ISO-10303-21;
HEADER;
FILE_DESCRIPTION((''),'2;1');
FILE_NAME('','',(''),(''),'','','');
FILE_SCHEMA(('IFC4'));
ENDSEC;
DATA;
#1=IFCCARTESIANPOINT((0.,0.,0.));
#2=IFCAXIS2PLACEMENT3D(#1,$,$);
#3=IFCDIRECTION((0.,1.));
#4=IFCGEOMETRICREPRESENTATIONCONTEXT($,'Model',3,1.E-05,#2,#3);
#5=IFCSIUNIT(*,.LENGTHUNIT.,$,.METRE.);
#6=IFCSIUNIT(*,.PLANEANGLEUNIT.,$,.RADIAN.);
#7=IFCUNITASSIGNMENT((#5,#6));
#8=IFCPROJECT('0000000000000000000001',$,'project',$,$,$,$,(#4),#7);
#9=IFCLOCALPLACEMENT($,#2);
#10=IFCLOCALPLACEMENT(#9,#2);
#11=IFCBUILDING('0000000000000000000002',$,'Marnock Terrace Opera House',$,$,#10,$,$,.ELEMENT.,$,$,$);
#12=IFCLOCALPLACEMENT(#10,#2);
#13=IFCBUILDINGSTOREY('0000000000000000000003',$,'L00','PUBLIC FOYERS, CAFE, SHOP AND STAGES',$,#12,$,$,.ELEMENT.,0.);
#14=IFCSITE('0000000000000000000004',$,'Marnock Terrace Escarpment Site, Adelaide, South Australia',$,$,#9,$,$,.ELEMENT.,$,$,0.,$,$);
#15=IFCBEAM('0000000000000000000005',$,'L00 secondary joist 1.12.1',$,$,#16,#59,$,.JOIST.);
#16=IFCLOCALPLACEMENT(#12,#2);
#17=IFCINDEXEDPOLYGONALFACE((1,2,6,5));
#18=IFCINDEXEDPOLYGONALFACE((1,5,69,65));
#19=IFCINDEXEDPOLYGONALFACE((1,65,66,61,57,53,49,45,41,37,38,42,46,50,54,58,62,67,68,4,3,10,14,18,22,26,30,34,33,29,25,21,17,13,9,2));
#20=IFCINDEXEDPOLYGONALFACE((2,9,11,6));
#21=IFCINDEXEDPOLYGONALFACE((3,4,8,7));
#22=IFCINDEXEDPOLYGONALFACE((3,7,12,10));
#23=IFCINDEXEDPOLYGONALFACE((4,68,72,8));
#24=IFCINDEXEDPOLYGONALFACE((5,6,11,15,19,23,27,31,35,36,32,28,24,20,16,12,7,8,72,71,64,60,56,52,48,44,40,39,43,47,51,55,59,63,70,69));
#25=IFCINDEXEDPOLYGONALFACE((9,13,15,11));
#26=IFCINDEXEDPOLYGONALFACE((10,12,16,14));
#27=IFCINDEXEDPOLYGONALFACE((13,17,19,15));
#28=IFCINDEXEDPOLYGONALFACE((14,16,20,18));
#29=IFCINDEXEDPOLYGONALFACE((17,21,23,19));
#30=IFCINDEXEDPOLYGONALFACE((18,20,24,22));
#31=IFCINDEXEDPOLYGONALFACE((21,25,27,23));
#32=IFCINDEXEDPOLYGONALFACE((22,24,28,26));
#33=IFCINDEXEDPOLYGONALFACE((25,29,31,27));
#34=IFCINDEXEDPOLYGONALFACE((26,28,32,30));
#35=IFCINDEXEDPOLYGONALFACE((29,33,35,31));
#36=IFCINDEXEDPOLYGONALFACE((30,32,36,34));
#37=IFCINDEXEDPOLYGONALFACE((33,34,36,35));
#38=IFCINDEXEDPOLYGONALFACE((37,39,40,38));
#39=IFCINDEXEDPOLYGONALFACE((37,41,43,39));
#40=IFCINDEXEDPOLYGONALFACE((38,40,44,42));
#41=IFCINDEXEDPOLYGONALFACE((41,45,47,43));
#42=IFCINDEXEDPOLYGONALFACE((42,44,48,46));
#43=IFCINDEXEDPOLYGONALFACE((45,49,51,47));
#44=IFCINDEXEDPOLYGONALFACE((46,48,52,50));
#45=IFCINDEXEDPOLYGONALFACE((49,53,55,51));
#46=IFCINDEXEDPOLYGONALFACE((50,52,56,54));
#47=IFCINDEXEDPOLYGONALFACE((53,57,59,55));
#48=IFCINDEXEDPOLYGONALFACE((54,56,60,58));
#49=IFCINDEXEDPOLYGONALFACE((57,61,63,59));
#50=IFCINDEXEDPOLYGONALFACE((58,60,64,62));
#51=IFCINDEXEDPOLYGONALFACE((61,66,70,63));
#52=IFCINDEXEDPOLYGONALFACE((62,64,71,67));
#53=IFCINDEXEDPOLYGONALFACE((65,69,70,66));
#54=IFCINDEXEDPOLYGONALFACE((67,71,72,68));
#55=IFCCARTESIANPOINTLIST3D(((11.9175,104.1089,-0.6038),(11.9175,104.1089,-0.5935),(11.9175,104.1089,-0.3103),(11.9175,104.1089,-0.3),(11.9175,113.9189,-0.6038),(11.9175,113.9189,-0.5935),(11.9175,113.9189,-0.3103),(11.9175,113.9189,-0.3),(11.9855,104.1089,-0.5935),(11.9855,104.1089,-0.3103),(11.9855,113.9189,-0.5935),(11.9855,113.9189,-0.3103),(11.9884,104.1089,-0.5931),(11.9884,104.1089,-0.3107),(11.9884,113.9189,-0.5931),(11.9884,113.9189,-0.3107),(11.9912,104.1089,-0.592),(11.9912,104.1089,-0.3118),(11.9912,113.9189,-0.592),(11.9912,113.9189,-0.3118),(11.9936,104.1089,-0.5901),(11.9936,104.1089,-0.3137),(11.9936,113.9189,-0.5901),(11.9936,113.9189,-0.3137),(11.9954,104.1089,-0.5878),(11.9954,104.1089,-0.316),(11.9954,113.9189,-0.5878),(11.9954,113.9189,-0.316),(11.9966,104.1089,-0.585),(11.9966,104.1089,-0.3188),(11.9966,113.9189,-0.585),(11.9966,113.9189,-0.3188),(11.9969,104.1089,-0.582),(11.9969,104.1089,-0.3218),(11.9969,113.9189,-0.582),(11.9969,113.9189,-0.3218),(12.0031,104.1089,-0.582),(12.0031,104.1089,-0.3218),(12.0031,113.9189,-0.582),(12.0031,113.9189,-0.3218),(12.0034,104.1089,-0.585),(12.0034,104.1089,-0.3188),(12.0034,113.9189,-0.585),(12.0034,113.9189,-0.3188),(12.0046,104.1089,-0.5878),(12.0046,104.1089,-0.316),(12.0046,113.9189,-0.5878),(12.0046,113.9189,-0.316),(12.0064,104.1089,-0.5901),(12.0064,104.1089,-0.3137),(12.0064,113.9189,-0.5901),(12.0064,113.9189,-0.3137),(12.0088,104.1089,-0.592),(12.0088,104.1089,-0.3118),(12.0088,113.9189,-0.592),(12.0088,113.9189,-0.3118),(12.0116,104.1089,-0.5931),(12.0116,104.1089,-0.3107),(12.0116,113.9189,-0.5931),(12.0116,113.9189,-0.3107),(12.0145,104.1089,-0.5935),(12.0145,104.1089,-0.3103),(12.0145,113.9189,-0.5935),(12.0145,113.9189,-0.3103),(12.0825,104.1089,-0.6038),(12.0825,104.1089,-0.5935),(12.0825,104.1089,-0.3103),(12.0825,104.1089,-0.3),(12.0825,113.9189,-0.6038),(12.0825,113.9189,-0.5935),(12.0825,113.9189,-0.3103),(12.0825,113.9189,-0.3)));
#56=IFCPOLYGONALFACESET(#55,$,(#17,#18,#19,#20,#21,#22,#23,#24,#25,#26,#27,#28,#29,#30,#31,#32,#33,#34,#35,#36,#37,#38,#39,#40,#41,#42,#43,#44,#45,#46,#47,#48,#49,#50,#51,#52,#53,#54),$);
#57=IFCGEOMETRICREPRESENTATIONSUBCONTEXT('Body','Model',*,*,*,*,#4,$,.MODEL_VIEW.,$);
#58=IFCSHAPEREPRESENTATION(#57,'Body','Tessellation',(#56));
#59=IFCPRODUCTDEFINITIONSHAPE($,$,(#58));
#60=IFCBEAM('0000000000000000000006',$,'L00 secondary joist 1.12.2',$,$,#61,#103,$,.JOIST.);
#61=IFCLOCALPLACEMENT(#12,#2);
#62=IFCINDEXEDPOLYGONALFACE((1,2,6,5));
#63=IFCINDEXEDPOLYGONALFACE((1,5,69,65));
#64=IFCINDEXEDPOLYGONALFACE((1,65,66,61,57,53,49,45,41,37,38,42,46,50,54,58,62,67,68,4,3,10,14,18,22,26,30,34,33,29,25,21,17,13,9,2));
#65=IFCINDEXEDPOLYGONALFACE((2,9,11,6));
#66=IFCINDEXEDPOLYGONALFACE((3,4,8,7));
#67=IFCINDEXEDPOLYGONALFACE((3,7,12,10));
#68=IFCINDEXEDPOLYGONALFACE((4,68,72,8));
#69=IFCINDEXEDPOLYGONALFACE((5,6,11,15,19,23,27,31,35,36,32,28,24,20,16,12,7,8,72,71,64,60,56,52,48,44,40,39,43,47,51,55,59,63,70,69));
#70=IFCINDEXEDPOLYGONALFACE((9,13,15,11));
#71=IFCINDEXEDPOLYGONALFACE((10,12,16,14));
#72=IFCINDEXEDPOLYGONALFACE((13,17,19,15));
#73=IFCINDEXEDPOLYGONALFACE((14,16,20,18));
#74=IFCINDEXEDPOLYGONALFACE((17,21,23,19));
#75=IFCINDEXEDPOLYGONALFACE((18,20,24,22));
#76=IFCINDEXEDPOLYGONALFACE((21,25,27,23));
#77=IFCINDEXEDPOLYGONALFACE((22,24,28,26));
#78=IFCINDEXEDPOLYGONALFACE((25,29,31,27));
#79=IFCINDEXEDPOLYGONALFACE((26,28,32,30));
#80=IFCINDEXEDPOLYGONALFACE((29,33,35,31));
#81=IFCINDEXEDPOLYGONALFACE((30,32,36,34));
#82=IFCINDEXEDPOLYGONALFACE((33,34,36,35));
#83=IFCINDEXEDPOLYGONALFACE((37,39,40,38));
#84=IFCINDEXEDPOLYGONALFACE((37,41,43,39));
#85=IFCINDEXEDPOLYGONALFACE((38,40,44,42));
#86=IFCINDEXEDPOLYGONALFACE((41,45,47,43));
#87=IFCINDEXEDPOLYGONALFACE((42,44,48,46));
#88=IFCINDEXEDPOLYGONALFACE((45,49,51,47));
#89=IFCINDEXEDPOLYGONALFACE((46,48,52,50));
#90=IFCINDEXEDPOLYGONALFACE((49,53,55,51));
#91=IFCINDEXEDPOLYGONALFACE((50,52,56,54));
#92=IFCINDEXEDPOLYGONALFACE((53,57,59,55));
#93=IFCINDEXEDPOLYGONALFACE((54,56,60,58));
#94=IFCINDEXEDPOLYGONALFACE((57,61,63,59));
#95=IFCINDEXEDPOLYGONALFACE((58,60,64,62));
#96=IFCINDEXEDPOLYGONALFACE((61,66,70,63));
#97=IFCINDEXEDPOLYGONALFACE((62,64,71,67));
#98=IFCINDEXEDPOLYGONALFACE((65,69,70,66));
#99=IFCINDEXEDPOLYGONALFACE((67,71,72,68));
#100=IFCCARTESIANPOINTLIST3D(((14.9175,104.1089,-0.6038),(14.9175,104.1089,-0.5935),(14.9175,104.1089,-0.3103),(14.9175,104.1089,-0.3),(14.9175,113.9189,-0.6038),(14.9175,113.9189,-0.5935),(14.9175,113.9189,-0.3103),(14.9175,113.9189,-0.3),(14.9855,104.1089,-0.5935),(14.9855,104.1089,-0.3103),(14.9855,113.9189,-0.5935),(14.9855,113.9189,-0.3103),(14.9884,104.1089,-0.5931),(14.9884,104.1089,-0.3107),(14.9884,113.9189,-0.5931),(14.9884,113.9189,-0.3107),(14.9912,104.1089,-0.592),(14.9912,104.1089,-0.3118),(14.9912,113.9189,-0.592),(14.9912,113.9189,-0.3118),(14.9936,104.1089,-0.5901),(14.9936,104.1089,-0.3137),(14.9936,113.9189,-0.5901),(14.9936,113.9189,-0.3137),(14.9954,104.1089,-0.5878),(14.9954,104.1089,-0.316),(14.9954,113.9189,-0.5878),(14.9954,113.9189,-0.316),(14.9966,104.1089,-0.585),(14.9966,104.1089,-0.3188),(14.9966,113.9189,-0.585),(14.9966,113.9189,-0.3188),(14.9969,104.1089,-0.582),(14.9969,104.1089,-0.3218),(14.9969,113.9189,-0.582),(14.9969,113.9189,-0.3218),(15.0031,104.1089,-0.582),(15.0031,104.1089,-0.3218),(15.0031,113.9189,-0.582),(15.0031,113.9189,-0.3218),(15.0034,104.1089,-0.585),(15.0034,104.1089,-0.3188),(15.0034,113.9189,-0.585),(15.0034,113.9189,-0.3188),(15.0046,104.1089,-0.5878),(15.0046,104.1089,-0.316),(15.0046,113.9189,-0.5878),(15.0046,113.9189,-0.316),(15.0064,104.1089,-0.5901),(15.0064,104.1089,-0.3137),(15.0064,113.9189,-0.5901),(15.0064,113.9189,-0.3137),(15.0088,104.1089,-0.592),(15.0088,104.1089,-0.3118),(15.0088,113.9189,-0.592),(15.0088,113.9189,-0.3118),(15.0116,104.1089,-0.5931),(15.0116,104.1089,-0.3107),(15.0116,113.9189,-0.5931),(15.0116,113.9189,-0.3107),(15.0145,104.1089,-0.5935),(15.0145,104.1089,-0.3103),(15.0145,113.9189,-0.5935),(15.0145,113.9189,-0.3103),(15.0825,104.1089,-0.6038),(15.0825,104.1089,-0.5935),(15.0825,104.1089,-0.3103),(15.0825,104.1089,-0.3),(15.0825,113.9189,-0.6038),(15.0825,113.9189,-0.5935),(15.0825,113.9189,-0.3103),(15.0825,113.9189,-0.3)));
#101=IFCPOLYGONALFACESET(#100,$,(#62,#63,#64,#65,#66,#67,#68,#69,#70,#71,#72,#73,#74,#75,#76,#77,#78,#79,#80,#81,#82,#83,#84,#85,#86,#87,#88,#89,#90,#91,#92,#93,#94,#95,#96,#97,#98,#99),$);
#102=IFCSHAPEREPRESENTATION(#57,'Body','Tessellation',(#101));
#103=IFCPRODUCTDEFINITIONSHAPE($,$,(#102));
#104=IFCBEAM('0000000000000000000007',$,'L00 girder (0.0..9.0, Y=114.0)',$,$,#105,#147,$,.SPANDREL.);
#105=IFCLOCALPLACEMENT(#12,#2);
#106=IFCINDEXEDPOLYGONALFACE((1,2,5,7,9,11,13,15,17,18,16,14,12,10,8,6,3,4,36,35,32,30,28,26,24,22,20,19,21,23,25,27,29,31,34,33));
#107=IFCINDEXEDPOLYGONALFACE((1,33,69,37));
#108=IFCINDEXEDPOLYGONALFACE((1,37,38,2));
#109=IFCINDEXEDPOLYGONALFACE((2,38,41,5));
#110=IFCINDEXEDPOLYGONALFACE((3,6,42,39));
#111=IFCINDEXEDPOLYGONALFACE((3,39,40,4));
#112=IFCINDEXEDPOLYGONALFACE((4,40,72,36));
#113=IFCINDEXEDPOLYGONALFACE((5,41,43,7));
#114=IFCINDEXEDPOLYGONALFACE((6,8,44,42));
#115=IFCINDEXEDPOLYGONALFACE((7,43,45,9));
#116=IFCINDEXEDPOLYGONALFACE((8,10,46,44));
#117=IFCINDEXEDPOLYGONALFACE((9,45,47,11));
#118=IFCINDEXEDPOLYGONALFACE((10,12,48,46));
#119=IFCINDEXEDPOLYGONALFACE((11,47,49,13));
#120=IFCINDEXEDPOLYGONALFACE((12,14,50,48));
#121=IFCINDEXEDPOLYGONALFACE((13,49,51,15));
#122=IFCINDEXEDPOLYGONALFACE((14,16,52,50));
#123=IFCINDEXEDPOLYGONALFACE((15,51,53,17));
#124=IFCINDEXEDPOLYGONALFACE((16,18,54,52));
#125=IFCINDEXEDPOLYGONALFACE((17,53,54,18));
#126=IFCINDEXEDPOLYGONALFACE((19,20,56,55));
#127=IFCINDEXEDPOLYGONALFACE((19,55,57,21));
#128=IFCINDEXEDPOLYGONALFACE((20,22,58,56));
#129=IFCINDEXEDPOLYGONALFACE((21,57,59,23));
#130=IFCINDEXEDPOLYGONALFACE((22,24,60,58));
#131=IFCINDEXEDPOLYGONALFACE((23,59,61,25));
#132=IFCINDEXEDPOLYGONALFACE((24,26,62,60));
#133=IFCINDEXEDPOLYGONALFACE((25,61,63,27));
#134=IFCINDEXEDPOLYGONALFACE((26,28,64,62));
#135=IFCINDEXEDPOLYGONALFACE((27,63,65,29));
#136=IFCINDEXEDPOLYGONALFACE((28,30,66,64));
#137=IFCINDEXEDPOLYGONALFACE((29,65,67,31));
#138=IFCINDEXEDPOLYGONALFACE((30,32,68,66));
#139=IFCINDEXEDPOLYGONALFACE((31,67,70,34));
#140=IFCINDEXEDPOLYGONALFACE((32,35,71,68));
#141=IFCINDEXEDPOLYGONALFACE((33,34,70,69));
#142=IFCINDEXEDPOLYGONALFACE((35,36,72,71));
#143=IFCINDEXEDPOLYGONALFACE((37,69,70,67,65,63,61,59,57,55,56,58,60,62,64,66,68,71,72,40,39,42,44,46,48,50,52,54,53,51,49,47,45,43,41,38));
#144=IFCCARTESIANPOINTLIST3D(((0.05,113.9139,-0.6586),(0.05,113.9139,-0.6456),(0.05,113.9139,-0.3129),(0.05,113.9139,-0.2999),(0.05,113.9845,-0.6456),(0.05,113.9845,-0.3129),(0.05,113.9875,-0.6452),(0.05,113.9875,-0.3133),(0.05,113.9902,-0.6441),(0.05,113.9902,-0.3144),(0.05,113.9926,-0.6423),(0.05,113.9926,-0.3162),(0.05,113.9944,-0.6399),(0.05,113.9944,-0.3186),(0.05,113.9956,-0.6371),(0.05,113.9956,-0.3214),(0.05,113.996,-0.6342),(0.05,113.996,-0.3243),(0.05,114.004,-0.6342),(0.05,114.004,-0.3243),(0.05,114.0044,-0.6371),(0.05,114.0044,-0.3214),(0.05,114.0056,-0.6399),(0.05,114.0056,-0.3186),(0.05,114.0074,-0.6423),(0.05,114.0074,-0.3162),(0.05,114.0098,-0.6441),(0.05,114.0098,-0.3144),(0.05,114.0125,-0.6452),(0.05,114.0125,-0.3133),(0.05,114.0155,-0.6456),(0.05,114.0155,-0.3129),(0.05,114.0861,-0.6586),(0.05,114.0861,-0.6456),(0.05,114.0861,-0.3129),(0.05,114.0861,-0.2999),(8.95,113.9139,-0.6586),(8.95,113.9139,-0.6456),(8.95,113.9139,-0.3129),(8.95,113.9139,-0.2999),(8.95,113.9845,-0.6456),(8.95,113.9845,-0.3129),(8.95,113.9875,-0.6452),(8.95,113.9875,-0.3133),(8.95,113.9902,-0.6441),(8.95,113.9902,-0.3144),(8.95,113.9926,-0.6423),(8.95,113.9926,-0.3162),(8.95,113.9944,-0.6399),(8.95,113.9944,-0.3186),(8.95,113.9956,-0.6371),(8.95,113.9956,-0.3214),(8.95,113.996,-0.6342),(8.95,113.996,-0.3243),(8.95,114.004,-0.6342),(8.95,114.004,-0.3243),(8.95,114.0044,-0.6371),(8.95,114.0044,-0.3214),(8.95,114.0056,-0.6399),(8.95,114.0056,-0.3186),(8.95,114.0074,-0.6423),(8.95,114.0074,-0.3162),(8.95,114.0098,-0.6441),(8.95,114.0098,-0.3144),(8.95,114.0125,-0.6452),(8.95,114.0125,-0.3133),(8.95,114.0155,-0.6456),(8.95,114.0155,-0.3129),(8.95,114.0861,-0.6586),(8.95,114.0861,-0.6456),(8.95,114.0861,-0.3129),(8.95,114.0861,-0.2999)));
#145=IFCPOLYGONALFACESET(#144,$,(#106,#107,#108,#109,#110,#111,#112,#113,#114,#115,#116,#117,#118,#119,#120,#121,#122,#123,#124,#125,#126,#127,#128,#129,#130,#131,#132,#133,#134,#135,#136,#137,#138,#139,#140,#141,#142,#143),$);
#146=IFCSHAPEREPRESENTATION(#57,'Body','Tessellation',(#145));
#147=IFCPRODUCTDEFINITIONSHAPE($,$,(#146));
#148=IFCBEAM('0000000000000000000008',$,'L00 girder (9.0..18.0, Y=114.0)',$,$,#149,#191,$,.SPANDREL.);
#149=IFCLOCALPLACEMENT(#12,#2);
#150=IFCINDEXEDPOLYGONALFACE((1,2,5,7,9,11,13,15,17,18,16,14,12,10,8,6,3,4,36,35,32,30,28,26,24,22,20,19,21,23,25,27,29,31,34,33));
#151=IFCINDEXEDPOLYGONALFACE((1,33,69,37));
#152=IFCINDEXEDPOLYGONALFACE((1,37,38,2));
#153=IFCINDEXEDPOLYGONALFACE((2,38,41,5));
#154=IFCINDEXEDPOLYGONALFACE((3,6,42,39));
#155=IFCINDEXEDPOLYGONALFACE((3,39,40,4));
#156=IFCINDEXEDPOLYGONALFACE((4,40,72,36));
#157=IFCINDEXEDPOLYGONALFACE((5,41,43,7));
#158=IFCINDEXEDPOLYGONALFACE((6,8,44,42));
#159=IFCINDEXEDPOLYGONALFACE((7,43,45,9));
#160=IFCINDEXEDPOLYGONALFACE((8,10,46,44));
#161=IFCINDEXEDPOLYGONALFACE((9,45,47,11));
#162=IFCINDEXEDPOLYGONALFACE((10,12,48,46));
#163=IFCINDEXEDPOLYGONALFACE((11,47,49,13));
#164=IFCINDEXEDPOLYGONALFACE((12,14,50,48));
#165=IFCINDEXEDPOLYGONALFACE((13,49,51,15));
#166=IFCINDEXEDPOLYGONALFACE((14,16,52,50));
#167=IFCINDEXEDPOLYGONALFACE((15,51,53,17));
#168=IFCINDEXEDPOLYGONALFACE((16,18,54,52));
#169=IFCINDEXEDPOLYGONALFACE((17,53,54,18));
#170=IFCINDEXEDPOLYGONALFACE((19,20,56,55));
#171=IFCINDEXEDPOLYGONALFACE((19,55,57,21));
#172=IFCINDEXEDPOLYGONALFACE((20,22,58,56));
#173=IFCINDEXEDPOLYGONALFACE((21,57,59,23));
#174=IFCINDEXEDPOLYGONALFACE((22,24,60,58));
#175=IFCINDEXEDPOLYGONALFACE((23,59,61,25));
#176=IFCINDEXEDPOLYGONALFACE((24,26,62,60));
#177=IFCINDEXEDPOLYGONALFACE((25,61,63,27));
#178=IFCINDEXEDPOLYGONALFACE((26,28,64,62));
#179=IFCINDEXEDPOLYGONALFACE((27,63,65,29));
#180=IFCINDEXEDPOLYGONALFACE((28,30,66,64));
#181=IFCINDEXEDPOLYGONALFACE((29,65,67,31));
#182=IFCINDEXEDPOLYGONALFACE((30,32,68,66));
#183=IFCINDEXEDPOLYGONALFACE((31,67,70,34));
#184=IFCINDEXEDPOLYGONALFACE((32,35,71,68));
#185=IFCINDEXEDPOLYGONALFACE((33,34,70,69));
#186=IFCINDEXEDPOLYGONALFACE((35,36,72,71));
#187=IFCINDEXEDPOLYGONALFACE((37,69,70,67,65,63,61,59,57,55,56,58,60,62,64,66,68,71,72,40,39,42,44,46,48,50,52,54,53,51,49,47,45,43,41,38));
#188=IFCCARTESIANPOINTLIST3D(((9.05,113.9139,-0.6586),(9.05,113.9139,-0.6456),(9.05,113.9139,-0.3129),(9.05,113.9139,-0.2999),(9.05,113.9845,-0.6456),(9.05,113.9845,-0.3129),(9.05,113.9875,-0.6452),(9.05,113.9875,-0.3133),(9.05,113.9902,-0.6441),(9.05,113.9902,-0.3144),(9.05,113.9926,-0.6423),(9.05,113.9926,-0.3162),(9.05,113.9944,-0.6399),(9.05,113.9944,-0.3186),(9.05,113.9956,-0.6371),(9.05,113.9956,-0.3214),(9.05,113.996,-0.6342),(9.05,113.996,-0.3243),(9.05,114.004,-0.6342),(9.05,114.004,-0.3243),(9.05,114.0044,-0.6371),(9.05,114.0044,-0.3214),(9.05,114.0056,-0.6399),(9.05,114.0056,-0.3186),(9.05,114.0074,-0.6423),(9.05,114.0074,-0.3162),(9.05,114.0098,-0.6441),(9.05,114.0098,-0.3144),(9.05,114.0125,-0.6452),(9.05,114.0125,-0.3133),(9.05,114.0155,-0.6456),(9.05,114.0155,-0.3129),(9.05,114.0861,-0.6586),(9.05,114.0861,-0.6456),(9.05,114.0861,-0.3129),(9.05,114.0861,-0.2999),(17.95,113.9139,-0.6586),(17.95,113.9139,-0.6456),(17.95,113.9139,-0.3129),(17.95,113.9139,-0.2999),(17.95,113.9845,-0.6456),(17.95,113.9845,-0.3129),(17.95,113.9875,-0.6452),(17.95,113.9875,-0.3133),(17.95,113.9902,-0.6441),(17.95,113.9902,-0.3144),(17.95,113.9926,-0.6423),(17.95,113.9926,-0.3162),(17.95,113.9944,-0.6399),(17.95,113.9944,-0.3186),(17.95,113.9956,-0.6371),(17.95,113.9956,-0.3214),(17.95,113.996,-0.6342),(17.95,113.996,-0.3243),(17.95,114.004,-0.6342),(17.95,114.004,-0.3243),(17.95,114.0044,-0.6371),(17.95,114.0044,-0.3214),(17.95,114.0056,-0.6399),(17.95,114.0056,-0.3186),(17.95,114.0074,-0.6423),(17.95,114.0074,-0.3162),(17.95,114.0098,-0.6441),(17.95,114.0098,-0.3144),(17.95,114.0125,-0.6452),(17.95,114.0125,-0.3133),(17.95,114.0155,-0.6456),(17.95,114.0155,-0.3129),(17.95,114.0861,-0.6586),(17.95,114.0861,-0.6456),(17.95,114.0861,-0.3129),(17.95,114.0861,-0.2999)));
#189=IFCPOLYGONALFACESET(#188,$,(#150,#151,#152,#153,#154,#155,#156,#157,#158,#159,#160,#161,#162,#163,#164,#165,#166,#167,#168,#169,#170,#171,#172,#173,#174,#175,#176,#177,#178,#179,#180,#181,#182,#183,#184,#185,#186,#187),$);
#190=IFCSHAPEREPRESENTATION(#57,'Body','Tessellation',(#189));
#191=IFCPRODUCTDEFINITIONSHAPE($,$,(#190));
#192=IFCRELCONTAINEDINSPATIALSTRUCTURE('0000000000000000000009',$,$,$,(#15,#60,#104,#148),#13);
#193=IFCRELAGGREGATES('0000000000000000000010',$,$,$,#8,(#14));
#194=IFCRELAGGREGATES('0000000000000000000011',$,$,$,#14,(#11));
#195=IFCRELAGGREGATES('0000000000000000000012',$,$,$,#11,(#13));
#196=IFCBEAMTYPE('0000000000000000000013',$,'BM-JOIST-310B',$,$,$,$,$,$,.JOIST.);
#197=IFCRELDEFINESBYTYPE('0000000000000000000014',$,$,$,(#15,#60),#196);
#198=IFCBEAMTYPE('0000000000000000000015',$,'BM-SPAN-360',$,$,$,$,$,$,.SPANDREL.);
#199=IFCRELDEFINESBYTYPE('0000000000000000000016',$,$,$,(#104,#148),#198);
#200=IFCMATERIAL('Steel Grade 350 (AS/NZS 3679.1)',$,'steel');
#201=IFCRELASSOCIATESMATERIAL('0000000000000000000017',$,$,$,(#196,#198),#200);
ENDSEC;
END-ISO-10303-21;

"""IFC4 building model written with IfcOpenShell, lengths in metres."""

from ifc_helpers import new_model, si_unit, direction, frame, origin, origin_2d, place, context, subcontext, project, spatial, i_section, extrude, material, material_profile, profile_set, type_object, element, save


model = new_model("IFC4")

# Units and contexts
model_context = context("Model", 3, precision=1e-05, world=origin(), true_north=direction((0.0, 1.0)))
body_context = subcontext(model_context, "Body", "Model", "MODEL_VIEW")
ifc_project = project(units=[si_unit("LENGTHUNIT", "METRE"), si_unit("PLANEANGLEUNIT", "RADIAN")], contexts=[model_context])

# Site, building, storey
site_placement = place(None, origin())
site = spatial("IfcSite", under=ifc_project, at=site_placement, Name="Marnock Terrace Escarpment Site, Adelaide, South Australia", CompositionType="ELEMENT", RefElevation=0.0)
building_placement = place(site_placement, origin())
building = spatial("IfcBuilding", under=site, at=building_placement, Name="Marnock Terrace Opera House", CompositionType="ELEMENT")
storey_placement = place(building_placement, origin())
storey = spatial("IfcBuildingStorey", under=building, at=storey_placement, Name="L00", Description="PUBLIC FOYERS, CAFE, SHOP AND STAGES", CompositionType="ELEMENT", Elevation=0.0)

# Beams
ifc_material_1 = material(Name="Steel Grade 350 (AS/NZS 3679.1)", Category="steel")
ifc_material_profile_1 = material_profile(ifc_material_1, i_section(OverallWidth=0.165, OverallDepth=0.3037, WebThickness=0.0061, FlangeThickness=0.0103, FilletRadius=0.0115, at=origin_2d()))
ifc_profile_set_1 = profile_set([ifc_material_profile_1], Name="Steel Grade 350 (AS/NZS 3679.1)")
beam_type_1 = type_object("IfcBeamType", Name="BM-JOIST-310B", PredefinedType="JOIST", material=ifc_profile_set_1)
for number, where, z_axis, x_axis, name in (
    (1, (12.0, 104.1089, -0.4519), (0.0, 1.0, 0.0), (-1.0, 0.0, 0.0), "L00 secondary joist 1.12.1"),
    (2, (15.0, 104.1089, -0.4519), (0.0, 1.0, 0.0), (-1.0, 0.0, 0.0), "L00 secondary joist 1.12.2"),
):
    element("IfcBeam", number, at=place(storey_placement, frame(where, z_axis=z_axis, x_axis=x_axis)), inside=storey, type_object=beam_type_1, Name=name, PredefinedType="JOIST", context=body_context, shape_type="SweptSolid", body=[
        extrude(i_section(OverallWidth=0.165, OverallDepth=0.3037, WebThickness=0.0061, FlangeThickness=0.0103, FilletRadius=0.0115, at=origin_2d()), origin(), (0.0, 0.0, 1.0), 9.8101),
    ])
ifc_material_profile_2 = material_profile(ifc_material_1, i_section(OverallWidth=0.1721, OverallDepth=0.3586, WebThickness=0.0081, FlangeThickness=0.0129, FilletRadius=0.0115, at=origin_2d()))
ifc_profile_set_2 = profile_set([ifc_material_profile_2], Name="Steel Grade 350 (AS/NZS 3679.1)")
beam_type_2 = type_object("IfcBeamType", Name="BM-SPAN-360", PredefinedType="SPANDREL", material=ifc_profile_set_2)
for number, where, z_axis, x_axis, name in (
    (3, (0.05, 114.0, -0.4792), (1.0, 0.0, 0.0), (0.0, 1.0, 0.0), "L00 girder (0.0..9.0, Y=114.0)"),
    (4, (9.05, 114.0, -0.4792), (1.0, 0.0, 0.0), (0.0, 1.0, 0.0), "L00 girder (9.0..18.0, Y=114.0)"),
):
    element("IfcBeam", number, at=place(storey_placement, frame(where, z_axis=z_axis, x_axis=x_axis)), inside=storey, type_object=beam_type_2, Name=name, PredefinedType="SPANDREL", context=body_context, shape_type="SweptSolid", body=[
        extrude(i_section(OverallWidth=0.1721, OverallDepth=0.3586, WebThickness=0.0081, FlangeThickness=0.0129, FilletRadius=0.0115, at=origin_2d()), origin(), (0.0, 0.0, 1.0), 8.8999),
    ])

save(model, "model.ifc")
